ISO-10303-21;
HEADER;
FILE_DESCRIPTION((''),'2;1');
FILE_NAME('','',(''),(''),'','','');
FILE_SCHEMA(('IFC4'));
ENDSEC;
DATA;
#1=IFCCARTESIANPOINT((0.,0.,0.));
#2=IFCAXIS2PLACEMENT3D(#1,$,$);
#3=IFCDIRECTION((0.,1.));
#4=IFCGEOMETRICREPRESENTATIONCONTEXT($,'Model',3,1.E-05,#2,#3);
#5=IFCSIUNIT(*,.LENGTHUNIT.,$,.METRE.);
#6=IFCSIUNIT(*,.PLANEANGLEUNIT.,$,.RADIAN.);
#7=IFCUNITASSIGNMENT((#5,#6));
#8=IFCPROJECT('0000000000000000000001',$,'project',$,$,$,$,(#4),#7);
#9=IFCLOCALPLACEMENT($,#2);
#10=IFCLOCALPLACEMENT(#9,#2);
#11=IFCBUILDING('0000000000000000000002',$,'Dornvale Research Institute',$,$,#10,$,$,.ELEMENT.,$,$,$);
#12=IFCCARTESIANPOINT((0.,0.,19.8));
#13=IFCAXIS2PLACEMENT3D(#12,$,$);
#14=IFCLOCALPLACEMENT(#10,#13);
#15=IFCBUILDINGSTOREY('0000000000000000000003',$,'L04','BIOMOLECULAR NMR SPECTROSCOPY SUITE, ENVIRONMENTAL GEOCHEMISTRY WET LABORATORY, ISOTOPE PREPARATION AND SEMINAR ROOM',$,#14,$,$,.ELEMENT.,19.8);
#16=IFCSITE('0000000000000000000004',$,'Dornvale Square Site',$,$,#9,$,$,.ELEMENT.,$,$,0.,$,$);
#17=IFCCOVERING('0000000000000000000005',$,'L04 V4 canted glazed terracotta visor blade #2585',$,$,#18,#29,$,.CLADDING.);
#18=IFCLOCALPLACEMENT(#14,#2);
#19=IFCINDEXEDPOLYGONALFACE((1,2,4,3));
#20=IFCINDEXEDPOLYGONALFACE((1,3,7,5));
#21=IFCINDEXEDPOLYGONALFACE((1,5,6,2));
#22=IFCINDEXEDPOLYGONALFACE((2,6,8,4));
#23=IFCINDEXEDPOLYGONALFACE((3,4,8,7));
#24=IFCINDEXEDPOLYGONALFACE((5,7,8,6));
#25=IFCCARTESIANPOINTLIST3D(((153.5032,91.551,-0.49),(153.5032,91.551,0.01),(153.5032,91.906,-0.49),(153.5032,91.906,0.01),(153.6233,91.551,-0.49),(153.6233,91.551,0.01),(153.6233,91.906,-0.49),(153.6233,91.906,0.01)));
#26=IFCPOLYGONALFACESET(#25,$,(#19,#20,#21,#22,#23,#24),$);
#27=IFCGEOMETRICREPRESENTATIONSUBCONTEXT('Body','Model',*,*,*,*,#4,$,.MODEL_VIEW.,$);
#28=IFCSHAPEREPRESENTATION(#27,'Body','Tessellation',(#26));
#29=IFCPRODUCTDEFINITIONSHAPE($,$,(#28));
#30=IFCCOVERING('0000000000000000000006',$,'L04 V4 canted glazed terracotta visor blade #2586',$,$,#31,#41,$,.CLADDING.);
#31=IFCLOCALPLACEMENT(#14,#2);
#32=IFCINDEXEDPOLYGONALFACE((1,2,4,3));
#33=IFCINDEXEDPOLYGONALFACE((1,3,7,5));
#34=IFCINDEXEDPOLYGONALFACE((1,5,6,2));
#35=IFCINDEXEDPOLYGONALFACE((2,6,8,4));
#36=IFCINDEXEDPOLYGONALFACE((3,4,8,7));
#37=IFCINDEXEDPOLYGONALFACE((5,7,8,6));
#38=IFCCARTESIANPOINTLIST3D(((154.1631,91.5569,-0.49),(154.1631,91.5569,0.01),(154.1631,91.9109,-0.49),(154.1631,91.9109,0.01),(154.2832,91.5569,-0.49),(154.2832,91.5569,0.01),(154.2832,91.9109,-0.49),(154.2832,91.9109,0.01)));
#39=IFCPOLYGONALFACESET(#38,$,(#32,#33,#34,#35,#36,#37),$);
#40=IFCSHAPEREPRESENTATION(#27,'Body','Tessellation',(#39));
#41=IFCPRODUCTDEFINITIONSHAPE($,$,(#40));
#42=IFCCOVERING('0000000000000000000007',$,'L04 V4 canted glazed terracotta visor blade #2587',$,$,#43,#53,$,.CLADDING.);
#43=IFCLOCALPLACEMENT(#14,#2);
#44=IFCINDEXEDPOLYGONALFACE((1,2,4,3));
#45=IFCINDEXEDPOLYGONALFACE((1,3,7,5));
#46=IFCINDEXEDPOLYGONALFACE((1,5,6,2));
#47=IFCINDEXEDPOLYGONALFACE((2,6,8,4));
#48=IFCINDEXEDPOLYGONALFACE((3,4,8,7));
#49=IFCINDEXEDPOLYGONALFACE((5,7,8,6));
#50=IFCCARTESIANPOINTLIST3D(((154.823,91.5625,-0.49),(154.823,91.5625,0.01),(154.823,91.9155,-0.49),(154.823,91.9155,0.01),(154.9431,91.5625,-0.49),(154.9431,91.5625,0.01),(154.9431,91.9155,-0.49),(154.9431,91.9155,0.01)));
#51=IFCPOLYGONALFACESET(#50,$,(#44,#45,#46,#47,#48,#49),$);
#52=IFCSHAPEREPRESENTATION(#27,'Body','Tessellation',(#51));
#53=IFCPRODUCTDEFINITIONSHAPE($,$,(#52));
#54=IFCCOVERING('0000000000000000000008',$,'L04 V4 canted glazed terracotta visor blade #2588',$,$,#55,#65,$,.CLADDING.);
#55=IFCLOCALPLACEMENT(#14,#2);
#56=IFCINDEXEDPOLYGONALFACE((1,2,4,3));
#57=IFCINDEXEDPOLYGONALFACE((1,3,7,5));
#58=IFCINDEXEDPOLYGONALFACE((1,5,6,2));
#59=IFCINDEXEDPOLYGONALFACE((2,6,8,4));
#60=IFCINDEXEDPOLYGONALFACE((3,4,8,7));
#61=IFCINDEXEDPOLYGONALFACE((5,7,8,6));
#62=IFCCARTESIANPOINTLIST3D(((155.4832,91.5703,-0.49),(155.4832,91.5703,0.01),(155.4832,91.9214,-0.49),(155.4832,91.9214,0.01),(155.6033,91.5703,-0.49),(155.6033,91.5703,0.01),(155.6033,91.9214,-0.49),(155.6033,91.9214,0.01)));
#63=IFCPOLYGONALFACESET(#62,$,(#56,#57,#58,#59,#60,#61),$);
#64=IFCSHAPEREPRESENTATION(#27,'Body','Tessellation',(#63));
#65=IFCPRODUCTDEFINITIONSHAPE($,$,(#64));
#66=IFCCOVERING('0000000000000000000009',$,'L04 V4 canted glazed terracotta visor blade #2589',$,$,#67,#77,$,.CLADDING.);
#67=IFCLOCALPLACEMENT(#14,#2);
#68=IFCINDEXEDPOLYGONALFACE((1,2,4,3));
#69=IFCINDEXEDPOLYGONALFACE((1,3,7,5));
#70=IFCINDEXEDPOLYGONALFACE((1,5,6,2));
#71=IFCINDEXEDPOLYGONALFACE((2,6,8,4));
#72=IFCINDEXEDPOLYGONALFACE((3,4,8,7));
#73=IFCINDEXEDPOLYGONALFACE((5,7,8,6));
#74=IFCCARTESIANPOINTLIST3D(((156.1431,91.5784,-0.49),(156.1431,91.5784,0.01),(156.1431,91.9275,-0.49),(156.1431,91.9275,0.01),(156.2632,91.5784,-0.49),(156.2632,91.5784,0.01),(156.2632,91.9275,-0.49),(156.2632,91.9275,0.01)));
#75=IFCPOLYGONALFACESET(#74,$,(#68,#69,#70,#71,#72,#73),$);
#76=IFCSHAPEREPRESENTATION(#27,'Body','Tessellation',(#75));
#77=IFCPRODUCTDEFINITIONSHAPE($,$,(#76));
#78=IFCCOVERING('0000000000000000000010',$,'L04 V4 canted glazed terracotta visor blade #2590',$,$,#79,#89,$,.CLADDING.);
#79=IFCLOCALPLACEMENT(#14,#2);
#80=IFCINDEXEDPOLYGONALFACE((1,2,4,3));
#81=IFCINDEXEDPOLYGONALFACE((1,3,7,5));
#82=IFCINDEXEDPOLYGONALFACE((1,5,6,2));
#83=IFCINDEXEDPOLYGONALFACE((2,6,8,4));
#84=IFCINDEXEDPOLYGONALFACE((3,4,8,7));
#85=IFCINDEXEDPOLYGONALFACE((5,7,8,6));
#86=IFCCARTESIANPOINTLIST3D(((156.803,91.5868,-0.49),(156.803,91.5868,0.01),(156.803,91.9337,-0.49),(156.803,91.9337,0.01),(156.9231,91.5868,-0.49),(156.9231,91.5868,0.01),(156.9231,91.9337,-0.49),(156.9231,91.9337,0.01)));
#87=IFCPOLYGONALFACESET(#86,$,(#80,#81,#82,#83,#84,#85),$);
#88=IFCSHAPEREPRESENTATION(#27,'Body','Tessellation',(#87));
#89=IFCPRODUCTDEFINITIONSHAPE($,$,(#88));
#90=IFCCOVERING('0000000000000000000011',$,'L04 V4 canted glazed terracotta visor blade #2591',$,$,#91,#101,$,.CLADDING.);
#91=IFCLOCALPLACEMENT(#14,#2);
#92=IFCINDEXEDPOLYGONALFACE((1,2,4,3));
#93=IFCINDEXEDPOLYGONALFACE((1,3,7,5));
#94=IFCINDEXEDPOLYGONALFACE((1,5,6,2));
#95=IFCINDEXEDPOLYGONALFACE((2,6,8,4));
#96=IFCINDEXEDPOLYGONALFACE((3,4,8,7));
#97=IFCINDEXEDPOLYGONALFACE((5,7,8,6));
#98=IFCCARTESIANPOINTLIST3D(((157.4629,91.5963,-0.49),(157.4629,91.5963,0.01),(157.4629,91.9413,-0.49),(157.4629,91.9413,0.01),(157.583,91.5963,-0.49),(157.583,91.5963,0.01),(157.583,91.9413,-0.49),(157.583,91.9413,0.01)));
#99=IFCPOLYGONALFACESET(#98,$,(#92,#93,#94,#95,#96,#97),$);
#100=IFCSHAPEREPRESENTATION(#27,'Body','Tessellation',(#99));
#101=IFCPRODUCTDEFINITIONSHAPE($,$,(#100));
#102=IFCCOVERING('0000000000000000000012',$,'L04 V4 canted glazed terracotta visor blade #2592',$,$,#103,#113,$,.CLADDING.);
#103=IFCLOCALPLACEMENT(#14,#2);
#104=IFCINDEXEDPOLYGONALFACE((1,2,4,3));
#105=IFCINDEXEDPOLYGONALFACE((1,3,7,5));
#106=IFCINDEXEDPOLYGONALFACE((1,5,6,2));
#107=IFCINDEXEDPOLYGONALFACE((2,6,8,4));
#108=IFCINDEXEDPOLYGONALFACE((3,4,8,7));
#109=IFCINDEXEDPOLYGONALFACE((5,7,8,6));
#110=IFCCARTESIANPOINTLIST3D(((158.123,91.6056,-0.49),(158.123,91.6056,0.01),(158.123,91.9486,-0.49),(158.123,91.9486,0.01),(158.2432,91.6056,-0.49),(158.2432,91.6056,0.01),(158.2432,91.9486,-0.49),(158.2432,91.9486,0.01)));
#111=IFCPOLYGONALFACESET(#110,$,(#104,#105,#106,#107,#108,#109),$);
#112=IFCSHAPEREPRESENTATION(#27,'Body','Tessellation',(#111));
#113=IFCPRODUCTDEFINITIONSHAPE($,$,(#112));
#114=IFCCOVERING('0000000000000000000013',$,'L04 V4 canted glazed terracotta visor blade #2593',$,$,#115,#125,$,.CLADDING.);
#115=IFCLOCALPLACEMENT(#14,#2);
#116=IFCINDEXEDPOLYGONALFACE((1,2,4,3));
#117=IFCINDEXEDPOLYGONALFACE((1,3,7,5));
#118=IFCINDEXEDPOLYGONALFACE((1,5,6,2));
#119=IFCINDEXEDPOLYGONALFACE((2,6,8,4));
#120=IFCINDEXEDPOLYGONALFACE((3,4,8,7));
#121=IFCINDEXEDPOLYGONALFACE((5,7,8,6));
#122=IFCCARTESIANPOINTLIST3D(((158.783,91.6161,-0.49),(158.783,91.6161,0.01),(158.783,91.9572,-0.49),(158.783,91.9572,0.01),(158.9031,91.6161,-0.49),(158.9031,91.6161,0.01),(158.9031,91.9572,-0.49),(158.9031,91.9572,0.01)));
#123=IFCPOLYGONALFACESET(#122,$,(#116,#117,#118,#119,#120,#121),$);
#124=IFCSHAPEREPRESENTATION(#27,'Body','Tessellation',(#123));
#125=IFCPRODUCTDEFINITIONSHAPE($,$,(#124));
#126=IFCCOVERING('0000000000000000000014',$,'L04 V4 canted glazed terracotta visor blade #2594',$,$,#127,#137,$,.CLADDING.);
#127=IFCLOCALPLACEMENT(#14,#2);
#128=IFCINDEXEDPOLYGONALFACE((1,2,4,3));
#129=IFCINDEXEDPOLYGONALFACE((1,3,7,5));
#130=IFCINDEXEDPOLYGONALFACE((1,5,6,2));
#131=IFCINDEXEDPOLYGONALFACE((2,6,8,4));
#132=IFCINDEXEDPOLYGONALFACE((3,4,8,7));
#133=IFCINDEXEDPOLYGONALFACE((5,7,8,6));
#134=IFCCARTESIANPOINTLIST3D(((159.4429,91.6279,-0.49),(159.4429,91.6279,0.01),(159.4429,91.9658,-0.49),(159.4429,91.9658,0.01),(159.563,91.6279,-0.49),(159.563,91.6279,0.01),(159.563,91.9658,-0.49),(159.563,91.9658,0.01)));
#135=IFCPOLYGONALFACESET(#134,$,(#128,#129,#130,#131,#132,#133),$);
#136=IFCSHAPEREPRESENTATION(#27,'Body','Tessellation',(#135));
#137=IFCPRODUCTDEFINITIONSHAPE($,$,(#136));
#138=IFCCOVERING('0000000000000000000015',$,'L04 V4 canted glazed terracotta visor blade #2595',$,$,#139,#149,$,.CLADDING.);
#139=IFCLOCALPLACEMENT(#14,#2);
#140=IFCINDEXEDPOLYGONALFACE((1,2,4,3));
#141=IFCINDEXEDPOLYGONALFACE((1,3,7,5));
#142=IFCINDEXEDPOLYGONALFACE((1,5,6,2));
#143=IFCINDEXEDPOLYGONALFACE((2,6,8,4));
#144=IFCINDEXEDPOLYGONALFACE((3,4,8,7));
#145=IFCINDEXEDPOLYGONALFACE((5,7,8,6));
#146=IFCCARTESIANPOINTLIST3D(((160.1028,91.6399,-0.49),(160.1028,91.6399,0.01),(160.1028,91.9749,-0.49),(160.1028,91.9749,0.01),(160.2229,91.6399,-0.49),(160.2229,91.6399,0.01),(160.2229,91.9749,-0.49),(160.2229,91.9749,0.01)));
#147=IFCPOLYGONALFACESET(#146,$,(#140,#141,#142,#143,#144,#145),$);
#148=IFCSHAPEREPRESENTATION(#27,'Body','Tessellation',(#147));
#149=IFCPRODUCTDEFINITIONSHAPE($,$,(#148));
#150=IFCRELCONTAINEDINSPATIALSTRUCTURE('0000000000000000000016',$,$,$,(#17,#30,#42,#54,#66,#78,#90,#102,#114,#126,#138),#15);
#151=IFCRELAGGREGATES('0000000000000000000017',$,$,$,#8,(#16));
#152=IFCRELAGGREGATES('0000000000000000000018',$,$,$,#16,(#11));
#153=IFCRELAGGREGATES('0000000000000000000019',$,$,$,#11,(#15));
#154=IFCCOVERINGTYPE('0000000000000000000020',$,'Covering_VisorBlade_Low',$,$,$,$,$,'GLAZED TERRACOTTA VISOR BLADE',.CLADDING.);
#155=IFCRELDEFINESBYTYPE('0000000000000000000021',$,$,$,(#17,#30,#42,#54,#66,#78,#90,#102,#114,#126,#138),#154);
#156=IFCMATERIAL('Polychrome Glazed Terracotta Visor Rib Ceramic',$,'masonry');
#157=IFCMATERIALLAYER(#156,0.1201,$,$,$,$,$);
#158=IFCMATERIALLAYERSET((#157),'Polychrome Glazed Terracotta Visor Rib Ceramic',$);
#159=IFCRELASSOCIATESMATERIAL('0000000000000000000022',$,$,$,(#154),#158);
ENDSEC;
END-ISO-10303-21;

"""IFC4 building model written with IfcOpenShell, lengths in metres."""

from ifc_helpers import new_model, si_unit, direction, frame, origin, origin_2d, place, context, subcontext, project, spatial, rectangle, extrude, material, layer, layer_set, type_object, element, save


model = new_model("IFC4")

# Units and contexts
model_context = context("Model", 3, precision=1e-05, world=origin(), true_north=direction((0.0, 1.0)))
body_context = subcontext(model_context, "Body", "Model", "MODEL_VIEW")
ifc_project = project(units=[si_unit("LENGTHUNIT", "METRE"), si_unit("PLANEANGLEUNIT", "RADIAN")], contexts=[model_context])

# Site, building, storey
site_placement = place(None, origin())
site = spatial("IfcSite", under=ifc_project, at=site_placement, Name="Dornvale Square Site", CompositionType="ELEMENT", RefElevation=0.0)
building_placement = place(site_placement, origin())
building = spatial("IfcBuilding", under=site, at=building_placement, Name="Dornvale Research Institute", CompositionType="ELEMENT")
storey_placement = place(building_placement, frame((0.0, 0.0, 19.8)))
storey = spatial("IfcBuildingStorey", under=building, at=storey_placement, Name="L04", Description="BIOMOLECULAR NMR SPECTROSCOPY SUITE, ENVIRONMENTAL GEOCHEMISTRY WET LABORATORY, ISOTOPE PREPARATION AND SEMINAR ROOM", CompositionType="ELEMENT", Elevation=19.8)

# Coverings
ifc_material = material(Name="Polychrome Glazed Terracotta Visor Rib Ceramic", Category="masonry")
ifc_layer = layer(ifc_material, 0.1201)
ifc_layer_set = layer_set([ifc_layer], Name="Polychrome Glazed Terracotta Visor Rib Ceramic")
covering_type = type_object("IfcCoveringType", Name="Covering_VisorBlade_Low", ElementType="GLAZED TERRACOTTA VISOR BLADE", PredefinedType="CLADDING", material=ifc_layer_set)
covering_1_placement = place(storey_placement, frame((153.5632, 91.7285, -0.49), z_axis=(0.0, 0.0, 1.0), x_axis=(0.0, 1.0, 0.0)))
element("IfcCovering", 1, at=covering_1_placement, inside=storey, type_object=covering_type, Name="L04 V4 canted glazed terracotta visor blade #2585", PredefinedType="CLADDING", context=body_context, shape_type="SweptSolid", body=[
    extrude(rectangle(XDim=0.355, YDim=0.1201, at=origin_2d()), origin(), (0.0, 0.0, 1.0), 0.5),
])
covering_2_placement = place(storey_placement, frame((154.2231, 91.7339, -0.49), z_axis=(0.0, 0.0, 1.0), x_axis=(0.0, 1.0, 0.0)))
element("IfcCovering", 2, at=covering_2_placement, inside=storey, type_object=covering_type, Name="L04 V4 canted glazed terracotta visor blade #2586", PredefinedType="CLADDING", context=body_context, shape_type="SweptSolid", body=[
    extrude(rectangle(XDim=0.354, YDim=0.1201, at=origin_2d()), origin(), (0.0, 0.0, 1.0), 0.5),
])
covering_3_placement = place(storey_placement, frame((154.8831, 91.739, -0.49), z_axis=(0.0, 0.0, 1.0), x_axis=(0.0, 1.0, 0.0)))
element("IfcCovering", 3, at=covering_3_placement, inside=storey, type_object=covering_type, Name="L04 V4 canted glazed terracotta visor blade #2587", PredefinedType="CLADDING", context=body_context, shape_type="SweptSolid", body=[
    extrude(rectangle(XDim=0.353, YDim=0.1201, at=origin_2d()), origin(), (0.0, 0.0, 1.0), 0.5),
])
covering_4_placement = place(storey_placement, frame((155.5432, 91.7458, -0.49), z_axis=(0.0, 0.0, 1.0), x_axis=(0.0, 1.0, 0.0)))
element("IfcCovering", 4, at=covering_4_placement, inside=storey, type_object=covering_type, Name="L04 V4 canted glazed terracotta visor blade #2588", PredefinedType="CLADDING", context=body_context, shape_type="SweptSolid", body=[
    extrude(rectangle(XDim=0.3511, YDim=0.1201, at=origin_2d()), origin(), (0.0, 0.0, 1.0), 0.5),
])
covering_5_placement = place(storey_placement, frame((156.2031, 91.7529, -0.49), z_axis=(0.0, 0.0, 1.0), x_axis=(0.0, 1.0, 0.0)))
element("IfcCovering", 5, at=covering_5_placement, inside=storey, type_object=covering_type, Name="L04 V4 canted glazed terracotta visor blade #2589", PredefinedType="CLADDING", context=body_context, shape_type="SweptSolid", body=[
    extrude(rectangle(XDim=0.3491, YDim=0.1201, at=origin_2d()), origin(), (0.0, 0.0, 1.0), 0.5),
])
covering_6_placement = place(storey_placement, frame((156.863, 91.7603, -0.49), z_axis=(0.0, 0.0, 1.0), x_axis=(0.0, 1.0, 0.0)))
element("IfcCovering", 6, at=covering_6_placement, inside=storey, type_object=covering_type, Name="L04 V4 canted glazed terracotta visor blade #2590", PredefinedType="CLADDING", context=body_context, shape_type="SweptSolid", body=[
    extrude(rectangle(XDim=0.3469, YDim=0.1201, at=origin_2d()), origin(), (0.0, 0.0, 1.0), 0.5),
])
covering_7_placement = place(storey_placement, frame((157.5229, 91.7688, -0.49), z_axis=(0.0, 0.0, 1.0), x_axis=(0.0, 1.0, 0.0)))
element("IfcCovering", 7, at=covering_7_placement, inside=storey, type_object=covering_type, Name="L04 V4 canted glazed terracotta visor blade #2591", PredefinedType="CLADDING", context=body_context, shape_type="SweptSolid", body=[
    extrude(rectangle(XDim=0.345, YDim=0.1201, at=origin_2d()), origin(), (0.0, 0.0, 1.0), 0.5),
])
covering_8_placement = place(storey_placement, frame((158.1831, 91.7771, -0.49), z_axis=(0.0, 0.0, 1.0), x_axis=(0.0, 1.0, 0.0)))
element("IfcCovering", 8, at=covering_8_placement, inside=storey, type_object=covering_type, Name="L04 V4 canted glazed terracotta visor blade #2592", PredefinedType="CLADDING", context=body_context, shape_type="SweptSolid", body=[
    extrude(rectangle(XDim=0.343, YDim=0.1201, at=origin_2d()), origin(), (0.0, 0.0, 1.0), 0.5),
])
covering_9_placement = place(storey_placement, frame((158.843, 91.7866, -0.49), z_axis=(0.0, 0.0, 1.0), x_axis=(0.0, 1.0, 0.0)))
element("IfcCovering", 9, at=covering_9_placement, inside=storey, type_object=covering_type, Name="L04 V4 canted glazed terracotta visor blade #2593", PredefinedType="CLADDING", context=body_context, shape_type="SweptSolid", body=[
    extrude(rectangle(XDim=0.3411, YDim=0.1201, at=origin_2d()), origin(), (0.0, 0.0, 1.0), 0.5),
])
covering_10_placement = place(storey_placement, frame((159.5029, 91.7969, -0.49), z_axis=(0.0, 0.0, 1.0), x_axis=(0.0, 1.0, 0.0)))
element("IfcCovering", 10, at=covering_10_placement, inside=storey, type_object=covering_type, Name="L04 V4 canted glazed terracotta visor blade #2594", PredefinedType="CLADDING", context=body_context, shape_type="SweptSolid", body=[
    extrude(rectangle(XDim=0.3379, YDim=0.1201, at=origin_2d()), origin(), (0.0, 0.0, 1.0), 0.5),
])
covering_11_placement = place(storey_placement, frame((160.1628, 91.8074, -0.49), z_axis=(0.0, 0.0, 1.0), x_axis=(0.0, 1.0, 0.0)))
element("IfcCovering", 11, at=covering_11_placement, inside=storey, type_object=covering_type, Name="L04 V4 canted glazed terracotta visor blade #2595", PredefinedType="CLADDING", context=body_context, shape_type="SweptSolid", body=[
    extrude(rectangle(XDim=0.335, YDim=0.1201, at=origin_2d()), origin(), (0.0, 0.0, 1.0), 0.5),
])

save(model, "model.ifc")
